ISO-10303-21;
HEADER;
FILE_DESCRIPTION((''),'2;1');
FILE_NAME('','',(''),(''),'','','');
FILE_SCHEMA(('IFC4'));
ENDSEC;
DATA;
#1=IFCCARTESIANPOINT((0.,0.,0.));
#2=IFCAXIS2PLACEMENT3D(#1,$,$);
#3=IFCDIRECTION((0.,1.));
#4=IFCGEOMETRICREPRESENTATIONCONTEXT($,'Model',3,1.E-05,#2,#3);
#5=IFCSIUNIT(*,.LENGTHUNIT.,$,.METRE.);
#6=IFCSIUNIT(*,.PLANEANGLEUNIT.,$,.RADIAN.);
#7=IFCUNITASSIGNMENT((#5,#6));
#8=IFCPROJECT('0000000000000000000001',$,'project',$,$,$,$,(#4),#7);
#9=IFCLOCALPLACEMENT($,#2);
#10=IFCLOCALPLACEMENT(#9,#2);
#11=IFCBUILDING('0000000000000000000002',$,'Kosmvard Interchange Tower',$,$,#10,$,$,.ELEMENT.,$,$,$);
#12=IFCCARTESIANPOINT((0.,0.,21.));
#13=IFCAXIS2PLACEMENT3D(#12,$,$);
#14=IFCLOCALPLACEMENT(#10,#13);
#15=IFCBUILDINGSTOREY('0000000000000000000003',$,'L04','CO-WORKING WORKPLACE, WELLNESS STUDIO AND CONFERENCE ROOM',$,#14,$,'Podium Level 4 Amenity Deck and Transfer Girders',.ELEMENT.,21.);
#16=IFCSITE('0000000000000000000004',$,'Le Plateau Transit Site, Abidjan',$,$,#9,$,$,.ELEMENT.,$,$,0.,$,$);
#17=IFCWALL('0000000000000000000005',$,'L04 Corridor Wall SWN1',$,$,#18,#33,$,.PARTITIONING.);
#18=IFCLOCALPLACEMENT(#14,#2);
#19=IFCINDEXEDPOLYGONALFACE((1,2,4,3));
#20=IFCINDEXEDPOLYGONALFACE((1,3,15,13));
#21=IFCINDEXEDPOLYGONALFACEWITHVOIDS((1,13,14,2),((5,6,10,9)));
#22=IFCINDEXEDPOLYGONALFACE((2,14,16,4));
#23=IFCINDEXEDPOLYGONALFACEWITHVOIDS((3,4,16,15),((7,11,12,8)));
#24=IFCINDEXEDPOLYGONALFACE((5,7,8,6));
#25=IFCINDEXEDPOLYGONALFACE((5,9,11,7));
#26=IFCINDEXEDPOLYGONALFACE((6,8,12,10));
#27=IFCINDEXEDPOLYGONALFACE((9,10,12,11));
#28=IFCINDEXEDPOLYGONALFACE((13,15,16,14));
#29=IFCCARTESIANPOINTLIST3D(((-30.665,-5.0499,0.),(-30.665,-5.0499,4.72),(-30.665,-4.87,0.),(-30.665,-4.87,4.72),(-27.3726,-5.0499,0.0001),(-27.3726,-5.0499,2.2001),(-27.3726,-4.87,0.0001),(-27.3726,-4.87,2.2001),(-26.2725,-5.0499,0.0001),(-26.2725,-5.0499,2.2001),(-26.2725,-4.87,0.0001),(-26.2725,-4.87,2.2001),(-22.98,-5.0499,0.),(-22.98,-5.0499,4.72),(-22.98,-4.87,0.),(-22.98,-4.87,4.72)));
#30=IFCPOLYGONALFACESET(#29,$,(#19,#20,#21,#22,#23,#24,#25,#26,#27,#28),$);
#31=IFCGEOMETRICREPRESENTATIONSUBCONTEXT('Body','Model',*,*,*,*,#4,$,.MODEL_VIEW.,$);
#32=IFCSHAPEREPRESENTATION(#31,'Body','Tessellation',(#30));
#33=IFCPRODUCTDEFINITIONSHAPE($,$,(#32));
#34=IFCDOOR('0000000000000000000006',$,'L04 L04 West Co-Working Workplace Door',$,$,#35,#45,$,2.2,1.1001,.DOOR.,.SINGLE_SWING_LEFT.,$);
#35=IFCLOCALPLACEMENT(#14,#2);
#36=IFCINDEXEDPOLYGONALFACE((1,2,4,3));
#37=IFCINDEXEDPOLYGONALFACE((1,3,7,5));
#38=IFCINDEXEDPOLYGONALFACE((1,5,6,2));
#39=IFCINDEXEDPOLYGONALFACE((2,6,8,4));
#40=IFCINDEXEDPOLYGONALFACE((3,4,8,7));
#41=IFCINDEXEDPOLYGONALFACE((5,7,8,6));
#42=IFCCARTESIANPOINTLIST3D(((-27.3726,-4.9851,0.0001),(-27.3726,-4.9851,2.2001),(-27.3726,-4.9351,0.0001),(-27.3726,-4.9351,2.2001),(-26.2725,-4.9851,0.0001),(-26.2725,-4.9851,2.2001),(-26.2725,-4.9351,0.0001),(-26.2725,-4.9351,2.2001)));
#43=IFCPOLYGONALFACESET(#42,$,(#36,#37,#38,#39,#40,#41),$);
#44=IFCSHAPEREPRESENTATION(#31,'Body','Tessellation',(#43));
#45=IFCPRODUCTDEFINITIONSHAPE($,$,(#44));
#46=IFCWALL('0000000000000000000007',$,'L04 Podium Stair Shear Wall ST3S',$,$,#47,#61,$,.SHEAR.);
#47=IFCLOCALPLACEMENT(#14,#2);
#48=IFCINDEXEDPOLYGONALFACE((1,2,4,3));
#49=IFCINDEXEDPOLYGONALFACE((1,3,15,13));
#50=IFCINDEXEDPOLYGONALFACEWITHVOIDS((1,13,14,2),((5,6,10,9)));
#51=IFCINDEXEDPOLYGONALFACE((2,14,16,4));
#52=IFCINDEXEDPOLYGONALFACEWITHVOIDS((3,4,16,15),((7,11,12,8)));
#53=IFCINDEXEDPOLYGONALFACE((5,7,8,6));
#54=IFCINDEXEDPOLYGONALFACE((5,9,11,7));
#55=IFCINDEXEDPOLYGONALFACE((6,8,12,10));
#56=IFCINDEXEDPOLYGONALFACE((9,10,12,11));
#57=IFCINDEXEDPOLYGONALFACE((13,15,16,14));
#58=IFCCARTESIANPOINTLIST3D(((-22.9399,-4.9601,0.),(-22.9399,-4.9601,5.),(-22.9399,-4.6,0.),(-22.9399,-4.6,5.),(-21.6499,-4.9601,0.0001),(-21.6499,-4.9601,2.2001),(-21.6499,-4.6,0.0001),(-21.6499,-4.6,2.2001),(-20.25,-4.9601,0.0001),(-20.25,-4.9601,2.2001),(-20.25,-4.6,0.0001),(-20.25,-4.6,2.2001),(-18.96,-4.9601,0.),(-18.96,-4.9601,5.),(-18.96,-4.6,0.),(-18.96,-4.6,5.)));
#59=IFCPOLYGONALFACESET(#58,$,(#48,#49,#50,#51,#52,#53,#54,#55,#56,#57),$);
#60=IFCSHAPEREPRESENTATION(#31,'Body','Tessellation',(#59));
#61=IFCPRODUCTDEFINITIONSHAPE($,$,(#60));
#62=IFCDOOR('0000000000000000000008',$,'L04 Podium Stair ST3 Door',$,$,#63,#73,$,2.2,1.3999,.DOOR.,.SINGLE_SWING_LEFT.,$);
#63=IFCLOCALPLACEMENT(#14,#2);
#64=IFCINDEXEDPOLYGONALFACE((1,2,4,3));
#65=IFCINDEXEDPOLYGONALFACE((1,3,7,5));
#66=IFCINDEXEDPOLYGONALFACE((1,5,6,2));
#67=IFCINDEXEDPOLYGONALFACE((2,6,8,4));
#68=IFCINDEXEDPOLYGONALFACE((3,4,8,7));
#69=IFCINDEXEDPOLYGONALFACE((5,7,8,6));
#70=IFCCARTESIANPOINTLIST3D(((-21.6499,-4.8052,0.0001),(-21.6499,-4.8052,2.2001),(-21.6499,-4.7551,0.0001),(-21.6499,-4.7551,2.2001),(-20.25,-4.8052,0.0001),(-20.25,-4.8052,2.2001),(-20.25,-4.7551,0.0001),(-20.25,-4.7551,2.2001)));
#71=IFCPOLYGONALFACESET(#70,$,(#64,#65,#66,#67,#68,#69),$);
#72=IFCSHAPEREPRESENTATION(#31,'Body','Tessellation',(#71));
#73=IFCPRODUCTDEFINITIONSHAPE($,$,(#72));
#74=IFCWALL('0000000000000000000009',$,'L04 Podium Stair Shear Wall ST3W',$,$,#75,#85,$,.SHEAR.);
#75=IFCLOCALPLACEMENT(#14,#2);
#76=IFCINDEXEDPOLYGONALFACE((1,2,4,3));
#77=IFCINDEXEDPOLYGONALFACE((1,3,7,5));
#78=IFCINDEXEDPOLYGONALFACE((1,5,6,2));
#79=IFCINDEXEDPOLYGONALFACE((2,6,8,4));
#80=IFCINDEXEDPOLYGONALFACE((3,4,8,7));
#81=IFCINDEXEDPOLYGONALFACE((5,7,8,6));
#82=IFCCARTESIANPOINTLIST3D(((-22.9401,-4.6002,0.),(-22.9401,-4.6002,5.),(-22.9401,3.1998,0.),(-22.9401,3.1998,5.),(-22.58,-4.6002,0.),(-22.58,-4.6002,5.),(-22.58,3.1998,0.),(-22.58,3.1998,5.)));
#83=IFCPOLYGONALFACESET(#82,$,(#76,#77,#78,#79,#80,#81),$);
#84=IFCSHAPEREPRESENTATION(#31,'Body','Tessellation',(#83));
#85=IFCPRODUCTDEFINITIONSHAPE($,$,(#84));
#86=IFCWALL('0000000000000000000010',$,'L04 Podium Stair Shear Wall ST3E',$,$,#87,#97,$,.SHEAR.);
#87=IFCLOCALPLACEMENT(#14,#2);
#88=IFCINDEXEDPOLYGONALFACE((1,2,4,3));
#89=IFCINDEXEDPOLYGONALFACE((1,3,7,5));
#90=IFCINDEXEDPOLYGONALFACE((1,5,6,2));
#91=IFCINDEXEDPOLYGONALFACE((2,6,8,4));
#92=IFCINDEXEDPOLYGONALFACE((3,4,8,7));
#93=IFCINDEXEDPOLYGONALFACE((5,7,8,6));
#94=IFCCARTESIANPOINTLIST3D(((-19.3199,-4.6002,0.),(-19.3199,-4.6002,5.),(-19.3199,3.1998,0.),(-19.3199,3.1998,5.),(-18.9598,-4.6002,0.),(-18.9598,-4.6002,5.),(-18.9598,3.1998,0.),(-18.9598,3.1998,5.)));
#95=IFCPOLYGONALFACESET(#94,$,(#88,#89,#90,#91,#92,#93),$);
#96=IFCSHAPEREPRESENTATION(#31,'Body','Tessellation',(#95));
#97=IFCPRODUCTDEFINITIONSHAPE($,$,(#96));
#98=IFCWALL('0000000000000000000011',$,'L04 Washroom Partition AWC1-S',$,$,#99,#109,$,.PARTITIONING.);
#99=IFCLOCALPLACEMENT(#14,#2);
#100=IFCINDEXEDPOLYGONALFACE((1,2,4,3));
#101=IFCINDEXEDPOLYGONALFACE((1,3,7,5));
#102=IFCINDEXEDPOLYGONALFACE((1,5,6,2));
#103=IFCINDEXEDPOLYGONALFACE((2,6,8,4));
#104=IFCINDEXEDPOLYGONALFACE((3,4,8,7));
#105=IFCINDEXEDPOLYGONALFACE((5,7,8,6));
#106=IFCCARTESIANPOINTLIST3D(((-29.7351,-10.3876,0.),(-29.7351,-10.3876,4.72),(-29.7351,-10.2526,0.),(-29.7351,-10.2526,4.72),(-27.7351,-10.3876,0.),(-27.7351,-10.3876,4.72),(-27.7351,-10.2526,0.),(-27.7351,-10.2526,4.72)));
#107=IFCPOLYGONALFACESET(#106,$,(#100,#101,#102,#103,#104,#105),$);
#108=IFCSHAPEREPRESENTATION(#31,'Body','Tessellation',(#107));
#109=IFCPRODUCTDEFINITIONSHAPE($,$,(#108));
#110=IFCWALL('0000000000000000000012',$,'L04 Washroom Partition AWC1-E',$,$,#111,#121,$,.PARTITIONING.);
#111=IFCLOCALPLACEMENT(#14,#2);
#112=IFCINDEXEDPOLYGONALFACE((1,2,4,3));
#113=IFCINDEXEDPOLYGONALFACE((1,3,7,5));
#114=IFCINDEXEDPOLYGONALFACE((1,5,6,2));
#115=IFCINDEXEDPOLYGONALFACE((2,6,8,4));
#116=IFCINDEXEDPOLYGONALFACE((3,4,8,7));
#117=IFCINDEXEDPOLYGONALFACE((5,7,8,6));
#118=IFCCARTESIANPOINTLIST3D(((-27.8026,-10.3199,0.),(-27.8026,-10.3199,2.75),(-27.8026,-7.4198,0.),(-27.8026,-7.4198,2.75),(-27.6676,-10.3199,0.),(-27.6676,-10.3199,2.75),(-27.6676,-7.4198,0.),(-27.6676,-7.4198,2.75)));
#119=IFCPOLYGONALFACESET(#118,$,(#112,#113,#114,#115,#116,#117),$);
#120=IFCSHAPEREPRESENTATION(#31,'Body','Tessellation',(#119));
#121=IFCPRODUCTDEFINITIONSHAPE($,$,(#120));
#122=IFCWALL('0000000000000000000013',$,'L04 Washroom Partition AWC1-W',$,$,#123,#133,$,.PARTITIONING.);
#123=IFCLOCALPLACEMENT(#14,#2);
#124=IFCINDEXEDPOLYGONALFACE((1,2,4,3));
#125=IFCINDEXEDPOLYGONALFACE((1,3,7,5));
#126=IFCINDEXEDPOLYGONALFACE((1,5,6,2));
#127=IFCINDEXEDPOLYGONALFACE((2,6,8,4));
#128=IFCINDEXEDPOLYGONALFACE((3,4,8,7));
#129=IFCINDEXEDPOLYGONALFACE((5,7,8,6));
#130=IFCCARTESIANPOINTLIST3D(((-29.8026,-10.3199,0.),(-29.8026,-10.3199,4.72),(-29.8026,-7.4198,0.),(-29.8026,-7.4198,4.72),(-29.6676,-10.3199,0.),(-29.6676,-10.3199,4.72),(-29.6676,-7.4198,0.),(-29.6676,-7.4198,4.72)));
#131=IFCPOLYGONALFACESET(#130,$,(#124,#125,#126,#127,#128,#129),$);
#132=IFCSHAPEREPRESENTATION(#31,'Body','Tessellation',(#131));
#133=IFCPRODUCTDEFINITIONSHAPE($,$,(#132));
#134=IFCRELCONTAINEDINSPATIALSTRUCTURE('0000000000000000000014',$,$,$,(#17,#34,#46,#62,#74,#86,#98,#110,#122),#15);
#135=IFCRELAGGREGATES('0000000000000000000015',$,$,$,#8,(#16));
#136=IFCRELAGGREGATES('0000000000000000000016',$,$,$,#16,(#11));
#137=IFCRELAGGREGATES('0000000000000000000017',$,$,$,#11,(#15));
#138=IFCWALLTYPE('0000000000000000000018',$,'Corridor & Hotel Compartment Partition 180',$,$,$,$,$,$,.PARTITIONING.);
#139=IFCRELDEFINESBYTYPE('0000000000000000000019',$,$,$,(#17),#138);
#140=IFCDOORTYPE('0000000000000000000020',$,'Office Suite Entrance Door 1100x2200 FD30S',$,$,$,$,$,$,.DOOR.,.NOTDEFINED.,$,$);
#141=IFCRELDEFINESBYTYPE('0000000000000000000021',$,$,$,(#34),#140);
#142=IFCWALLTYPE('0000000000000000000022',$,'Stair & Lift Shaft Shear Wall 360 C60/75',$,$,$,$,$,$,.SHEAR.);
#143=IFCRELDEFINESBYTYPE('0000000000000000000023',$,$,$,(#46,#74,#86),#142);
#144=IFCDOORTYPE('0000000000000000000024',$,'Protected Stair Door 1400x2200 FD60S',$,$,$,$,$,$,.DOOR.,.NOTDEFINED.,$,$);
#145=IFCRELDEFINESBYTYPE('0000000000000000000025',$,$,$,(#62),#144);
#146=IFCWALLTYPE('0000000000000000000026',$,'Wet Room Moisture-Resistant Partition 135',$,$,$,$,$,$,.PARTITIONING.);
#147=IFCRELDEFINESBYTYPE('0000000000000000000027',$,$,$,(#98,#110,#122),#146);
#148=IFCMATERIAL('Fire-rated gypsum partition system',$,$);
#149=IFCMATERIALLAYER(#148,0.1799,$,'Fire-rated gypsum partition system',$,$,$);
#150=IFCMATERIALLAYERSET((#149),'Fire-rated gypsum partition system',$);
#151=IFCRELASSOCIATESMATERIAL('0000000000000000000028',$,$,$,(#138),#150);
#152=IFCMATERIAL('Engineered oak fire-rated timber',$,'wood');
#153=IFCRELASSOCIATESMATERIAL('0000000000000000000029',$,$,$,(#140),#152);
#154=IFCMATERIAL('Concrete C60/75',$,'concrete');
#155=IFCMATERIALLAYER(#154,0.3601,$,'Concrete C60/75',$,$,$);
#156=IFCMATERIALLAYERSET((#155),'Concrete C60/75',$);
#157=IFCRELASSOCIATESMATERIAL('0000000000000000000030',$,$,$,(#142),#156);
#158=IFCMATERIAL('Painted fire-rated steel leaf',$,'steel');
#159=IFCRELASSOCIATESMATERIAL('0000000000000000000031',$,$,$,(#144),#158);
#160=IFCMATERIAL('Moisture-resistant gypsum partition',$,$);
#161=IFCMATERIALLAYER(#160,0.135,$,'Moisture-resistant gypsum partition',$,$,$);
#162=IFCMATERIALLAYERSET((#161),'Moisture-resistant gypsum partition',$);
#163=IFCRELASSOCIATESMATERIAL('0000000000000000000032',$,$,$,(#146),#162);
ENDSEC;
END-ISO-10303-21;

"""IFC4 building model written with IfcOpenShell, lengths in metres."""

from ifc_helpers import new_model, si_unit, direction, frame, frame_2d, origin, place, context, subcontext, project, spatial, rectangle, extrude, source, transform, mapped, material, layer, layer_set, type_object, element, fill, save


model = new_model("IFC4")

# Units and contexts
model_context = context("Model", 3, precision=1e-05, world=origin(), true_north=direction((0.0, 1.0)))
body_context = subcontext(model_context, "Body", "Model", "MODEL_VIEW")
ifc_project = project(units=[si_unit("LENGTHUNIT", "METRE"), si_unit("PLANEANGLEUNIT", "RADIAN")], contexts=[model_context])

# Site, building, storey
site_placement = place(None, origin())
site = spatial("IfcSite", under=ifc_project, at=site_placement, Name="Le Plateau Transit Site, Abidjan", CompositionType="ELEMENT", RefElevation=0.0)
building_placement = place(site_placement, origin())
building = spatial("IfcBuilding", under=site, at=building_placement, Name="Kosmvard Interchange Tower", CompositionType="ELEMENT")
storey_placement = place(building_placement, frame((0.0, 0.0, 21.0)))
storey = spatial("IfcBuildingStorey", under=building, at=storey_placement, Name="L04", Description="CO-WORKING WORKPLACE, WELLNESS STUDIO AND CONFERENCE ROOM", LongName="Podium Level 4 Amenity Deck and Transfer Girders", CompositionType="ELEMENT", Elevation=21.0)

# Shared definitions
ifc_material_1 = material(Name="Concrete C60/75", Category="concrete")

# Shared definitions
ifc_material_2 = material(Name="Fire-rated gypsum partition system")
ifc_layer_1 = layer(ifc_material_2, 0.1799, Name="Fire-rated gypsum partition system")
ifc_layer_set_1 = layer_set([ifc_layer_1], Name="Fire-rated gypsum partition system")
wall_type_1 = type_object("IfcWallType", Name="Corridor & Hotel Compartment Partition 180", PredefinedType="PARTITIONING", material=ifc_layer_set_1)
ifc_material_3 = material(Name="Engineered oak fire-rated timber", Category="wood")
door_type_1 = type_object("IfcDoorType", Name="Office Suite Entrance Door 1100x2200 FD30S", OperationType="NOTDEFINED", PredefinedType="DOOR", material=ifc_material_3)
shared_shape_1 = source(origin(), body_context, "Body", "SweptSolid", [
    extrude(rectangle(XDim=1.1001, YDim=2.2, at=frame_2d((0.55, 1.1001))), frame((0.0, 0.0249, 0.0), z_axis=(0.0, -1.0, 0.0), x_axis=(1.0, 0.0, 0.0)), (0.0, 0.0, 1.0), 0.05),
])

# Walls, openings, doors
wall_1_placement = place(storey_placement, frame((-30.665, -4.96, 0.0), z_axis=(0.0, 0.0, 1.0), x_axis=(1.0, 0.0, 0.0)))
wall_1 = element("IfcWall", 1, at=wall_1_placement, inside=storey, type_object=wall_type_1, Name="L04 Corridor Wall SWN1", PredefinedType="PARTITIONING", context=body_context, shape_type="SweptSolid", body=[
    extrude(rectangle(XDim=7.6851, YDim=0.1799, at=frame_2d((3.8425, 0.0))), origin(), (0.0, 0.0, 1.0), 4.72),
])
opening_1_placement = place(wall_1_placement, frame((3.2925, 0.0, 0.0)))
opening_1 = element("IfcOpeningElement", 2, at=opening_1_placement, cuts=wall_1, PredefinedType="OPENING", context=body_context, shape_type="SweptSolid", body=[
    extrude(rectangle(XDim=1.1001, YDim=2.2, at=frame_2d((0.55, 1.1001))), frame((0.0, 0.1001, 0.0), z_axis=(0.0, -1.0, 0.0), x_axis=(1.0, 0.0, 0.0)), (0.0, 0.0, 1.0), 0.2),
])
door_1_placement = place(opening_1_placement, origin())
door_1 = element("IfcDoor", 3, at=door_1_placement, inside=storey, type_object=door_type_1, Name="L04 L04 West Co-Working Workplace Door", OperationType="SINGLE_SWING_LEFT", OverallHeight=2.2, OverallWidth=1.1001, PredefinedType="DOOR", context=body_context, shape_type="MappedRepresentation", body=[
    mapped(shared_shape_1, transform((0.0, 0.0, 0.0), scale=1.0)),
])
fill(opening_1, door_1)
ifc_layer_2 = layer(ifc_material_1, 0.3601, Name="Concrete C60/75")
ifc_layer_set_2 = layer_set([ifc_layer_2], Name="Concrete C60/75")
wall_type_2 = type_object("IfcWallType", Name="Stair & Lift Shaft Shear Wall 360 C60/75", PredefinedType="SHEAR", material=ifc_layer_set_2)
wall_2_placement = place(storey_placement, frame((-22.9399, -4.78, 0.0), z_axis=(0.0, 0.0, 1.0), x_axis=(1.0, 0.0, 0.0)))
wall_2 = element("IfcWall", 4, at=wall_2_placement, inside=storey, type_object=wall_type_2, Name="L04 Podium Stair Shear Wall ST3S", PredefinedType="SHEAR", context=body_context, shape_type="SweptSolid", body=[
    extrude(rectangle(XDim=3.98, YDim=0.3601, at=frame_2d((1.99, 0.0))), origin(), (0.0, 0.0, 1.0), 5.0),
])
opening_2_placement = place(wall_2_placement, frame((1.29, 0.0, 0.0)))
opening_2 = element("IfcOpeningElement", 5, at=opening_2_placement, cuts=wall_2, PredefinedType="OPENING", context=body_context, shape_type="SweptSolid", body=[
    extrude(rectangle(XDim=1.3999, YDim=2.2, at=frame_2d((0.7, 1.1001))), frame((0.0, 0.1899, 0.0), z_axis=(0.0, -1.0, 0.0), x_axis=(1.0, 0.0, 0.0)), (0.0, 0.0, 1.0), 0.3801),
])
ifc_material_4 = material(Name="Painted fire-rated steel leaf", Category="steel")
door_type_2 = type_object("IfcDoorType", Name="Protected Stair Door 1400x2200 FD60S", OperationType="NOTDEFINED", PredefinedType="DOOR", material=ifc_material_4)
shared_shape_2 = source(origin(), body_context, "Body", "SweptSolid", [
    extrude(rectangle(XDim=1.3999, YDim=2.2, at=frame_2d((0.7, 1.1001))), frame((0.0, 0.0249, 0.0), z_axis=(0.0, -1.0, 0.0), x_axis=(1.0, 0.0, 0.0)), (0.0, 0.0, 1.0), 0.05),
])
door_2_placement = place(opening_2_placement, origin())
door_2 = element("IfcDoor", 6, at=door_2_placement, inside=storey, type_object=door_type_2, Name="L04 Podium Stair ST3 Door", OperationType="SINGLE_SWING_LEFT", OverallHeight=2.2, OverallWidth=1.3999, PredefinedType="DOOR", context=body_context, shape_type="MappedRepresentation", body=[
    mapped(shared_shape_2, transform((0.0, 0.0, 0.0), scale=1.0)),
])
fill(opening_2, door_2)

# Walls
for number, where, z_axis, x_axis, name in (
    (7, (-22.76, -4.6001, 0.0), (0.0, 0.0, 1.0), (0.0, 1.0, 0.0), "L04 Podium Stair Shear Wall ST3W"),
    (8, (-19.1399, -4.6001, 0.0), (0.0, 0.0, 1.0), (0.0, 1.0, 0.0), "L04 Podium Stair Shear Wall ST3E"),
):
    element("IfcWall", number, at=place(storey_placement, frame(where, z_axis=z_axis, x_axis=x_axis)), inside=storey, type_object=wall_type_2, Name=name, PredefinedType="SHEAR", context=body_context, shape_type="SweptSolid", body=[
        extrude(rectangle(XDim=7.8, YDim=0.3601, at=frame_2d((3.8999, 0.0))), origin(), (0.0, 0.0, 1.0), 5.0),
    ])
ifc_material_5 = material(Name="Moisture-resistant gypsum partition")
ifc_layer_3 = layer(ifc_material_5, 0.135, Name="Moisture-resistant gypsum partition")
ifc_layer_set_3 = layer_set([ifc_layer_3], Name="Moisture-resistant gypsum partition")
wall_type_3 = type_object("IfcWallType", Name="Wet Room Moisture-Resistant Partition 135", PredefinedType="PARTITIONING", material=ifc_layer_set_3)
wall_3_placement = place(storey_placement, frame((-29.7351, -10.3201, 0.0), z_axis=(0.0, 0.0, 1.0), x_axis=(1.0, 0.0, 0.0)))
element("IfcWall", 9, at=wall_3_placement, inside=storey, type_object=wall_type_3, Name="L04 Washroom Partition AWC1-S", PredefinedType="PARTITIONING", context=body_context, shape_type="SweptSolid", body=[
    extrude(rectangle(XDim=2.0, YDim=0.135, at=frame_2d((1.0, 0.0))), origin(), (0.0, 0.0, 1.0), 4.72),
])
wall_4_placement = place(storey_placement, frame((-27.7351, -10.3201, 0.0), z_axis=(0.0, 0.0, 1.0), x_axis=(0.0, 1.0, 0.0)))
element("IfcWall", 10, at=wall_4_placement, inside=storey, type_object=wall_type_3, Name="L04 Washroom Partition AWC1-E", PredefinedType="PARTITIONING", context=body_context, shape_type="SweptSolid", body=[
    extrude(rectangle(XDim=2.9001, YDim=0.135, at=frame_2d((1.4502, 0.0))), origin(), (0.0, 0.0, 1.0), 2.75),
])
wall_5_placement = place(storey_placement, frame((-29.7351, -10.3201, 0.0), z_axis=(0.0, 0.0, 1.0), x_axis=(0.0, 1.0, 0.0)))
element("IfcWall", 11, at=wall_5_placement, inside=storey, type_object=wall_type_3, Name="L04 Washroom Partition AWC1-W", PredefinedType="PARTITIONING", context=body_context, shape_type="SweptSolid", body=[
    extrude(rectangle(XDim=2.9001, YDim=0.135, at=frame_2d((1.4502, 0.0))), origin(), (0.0, 0.0, 1.0), 4.72),
])

save(model, "model.ifc")
